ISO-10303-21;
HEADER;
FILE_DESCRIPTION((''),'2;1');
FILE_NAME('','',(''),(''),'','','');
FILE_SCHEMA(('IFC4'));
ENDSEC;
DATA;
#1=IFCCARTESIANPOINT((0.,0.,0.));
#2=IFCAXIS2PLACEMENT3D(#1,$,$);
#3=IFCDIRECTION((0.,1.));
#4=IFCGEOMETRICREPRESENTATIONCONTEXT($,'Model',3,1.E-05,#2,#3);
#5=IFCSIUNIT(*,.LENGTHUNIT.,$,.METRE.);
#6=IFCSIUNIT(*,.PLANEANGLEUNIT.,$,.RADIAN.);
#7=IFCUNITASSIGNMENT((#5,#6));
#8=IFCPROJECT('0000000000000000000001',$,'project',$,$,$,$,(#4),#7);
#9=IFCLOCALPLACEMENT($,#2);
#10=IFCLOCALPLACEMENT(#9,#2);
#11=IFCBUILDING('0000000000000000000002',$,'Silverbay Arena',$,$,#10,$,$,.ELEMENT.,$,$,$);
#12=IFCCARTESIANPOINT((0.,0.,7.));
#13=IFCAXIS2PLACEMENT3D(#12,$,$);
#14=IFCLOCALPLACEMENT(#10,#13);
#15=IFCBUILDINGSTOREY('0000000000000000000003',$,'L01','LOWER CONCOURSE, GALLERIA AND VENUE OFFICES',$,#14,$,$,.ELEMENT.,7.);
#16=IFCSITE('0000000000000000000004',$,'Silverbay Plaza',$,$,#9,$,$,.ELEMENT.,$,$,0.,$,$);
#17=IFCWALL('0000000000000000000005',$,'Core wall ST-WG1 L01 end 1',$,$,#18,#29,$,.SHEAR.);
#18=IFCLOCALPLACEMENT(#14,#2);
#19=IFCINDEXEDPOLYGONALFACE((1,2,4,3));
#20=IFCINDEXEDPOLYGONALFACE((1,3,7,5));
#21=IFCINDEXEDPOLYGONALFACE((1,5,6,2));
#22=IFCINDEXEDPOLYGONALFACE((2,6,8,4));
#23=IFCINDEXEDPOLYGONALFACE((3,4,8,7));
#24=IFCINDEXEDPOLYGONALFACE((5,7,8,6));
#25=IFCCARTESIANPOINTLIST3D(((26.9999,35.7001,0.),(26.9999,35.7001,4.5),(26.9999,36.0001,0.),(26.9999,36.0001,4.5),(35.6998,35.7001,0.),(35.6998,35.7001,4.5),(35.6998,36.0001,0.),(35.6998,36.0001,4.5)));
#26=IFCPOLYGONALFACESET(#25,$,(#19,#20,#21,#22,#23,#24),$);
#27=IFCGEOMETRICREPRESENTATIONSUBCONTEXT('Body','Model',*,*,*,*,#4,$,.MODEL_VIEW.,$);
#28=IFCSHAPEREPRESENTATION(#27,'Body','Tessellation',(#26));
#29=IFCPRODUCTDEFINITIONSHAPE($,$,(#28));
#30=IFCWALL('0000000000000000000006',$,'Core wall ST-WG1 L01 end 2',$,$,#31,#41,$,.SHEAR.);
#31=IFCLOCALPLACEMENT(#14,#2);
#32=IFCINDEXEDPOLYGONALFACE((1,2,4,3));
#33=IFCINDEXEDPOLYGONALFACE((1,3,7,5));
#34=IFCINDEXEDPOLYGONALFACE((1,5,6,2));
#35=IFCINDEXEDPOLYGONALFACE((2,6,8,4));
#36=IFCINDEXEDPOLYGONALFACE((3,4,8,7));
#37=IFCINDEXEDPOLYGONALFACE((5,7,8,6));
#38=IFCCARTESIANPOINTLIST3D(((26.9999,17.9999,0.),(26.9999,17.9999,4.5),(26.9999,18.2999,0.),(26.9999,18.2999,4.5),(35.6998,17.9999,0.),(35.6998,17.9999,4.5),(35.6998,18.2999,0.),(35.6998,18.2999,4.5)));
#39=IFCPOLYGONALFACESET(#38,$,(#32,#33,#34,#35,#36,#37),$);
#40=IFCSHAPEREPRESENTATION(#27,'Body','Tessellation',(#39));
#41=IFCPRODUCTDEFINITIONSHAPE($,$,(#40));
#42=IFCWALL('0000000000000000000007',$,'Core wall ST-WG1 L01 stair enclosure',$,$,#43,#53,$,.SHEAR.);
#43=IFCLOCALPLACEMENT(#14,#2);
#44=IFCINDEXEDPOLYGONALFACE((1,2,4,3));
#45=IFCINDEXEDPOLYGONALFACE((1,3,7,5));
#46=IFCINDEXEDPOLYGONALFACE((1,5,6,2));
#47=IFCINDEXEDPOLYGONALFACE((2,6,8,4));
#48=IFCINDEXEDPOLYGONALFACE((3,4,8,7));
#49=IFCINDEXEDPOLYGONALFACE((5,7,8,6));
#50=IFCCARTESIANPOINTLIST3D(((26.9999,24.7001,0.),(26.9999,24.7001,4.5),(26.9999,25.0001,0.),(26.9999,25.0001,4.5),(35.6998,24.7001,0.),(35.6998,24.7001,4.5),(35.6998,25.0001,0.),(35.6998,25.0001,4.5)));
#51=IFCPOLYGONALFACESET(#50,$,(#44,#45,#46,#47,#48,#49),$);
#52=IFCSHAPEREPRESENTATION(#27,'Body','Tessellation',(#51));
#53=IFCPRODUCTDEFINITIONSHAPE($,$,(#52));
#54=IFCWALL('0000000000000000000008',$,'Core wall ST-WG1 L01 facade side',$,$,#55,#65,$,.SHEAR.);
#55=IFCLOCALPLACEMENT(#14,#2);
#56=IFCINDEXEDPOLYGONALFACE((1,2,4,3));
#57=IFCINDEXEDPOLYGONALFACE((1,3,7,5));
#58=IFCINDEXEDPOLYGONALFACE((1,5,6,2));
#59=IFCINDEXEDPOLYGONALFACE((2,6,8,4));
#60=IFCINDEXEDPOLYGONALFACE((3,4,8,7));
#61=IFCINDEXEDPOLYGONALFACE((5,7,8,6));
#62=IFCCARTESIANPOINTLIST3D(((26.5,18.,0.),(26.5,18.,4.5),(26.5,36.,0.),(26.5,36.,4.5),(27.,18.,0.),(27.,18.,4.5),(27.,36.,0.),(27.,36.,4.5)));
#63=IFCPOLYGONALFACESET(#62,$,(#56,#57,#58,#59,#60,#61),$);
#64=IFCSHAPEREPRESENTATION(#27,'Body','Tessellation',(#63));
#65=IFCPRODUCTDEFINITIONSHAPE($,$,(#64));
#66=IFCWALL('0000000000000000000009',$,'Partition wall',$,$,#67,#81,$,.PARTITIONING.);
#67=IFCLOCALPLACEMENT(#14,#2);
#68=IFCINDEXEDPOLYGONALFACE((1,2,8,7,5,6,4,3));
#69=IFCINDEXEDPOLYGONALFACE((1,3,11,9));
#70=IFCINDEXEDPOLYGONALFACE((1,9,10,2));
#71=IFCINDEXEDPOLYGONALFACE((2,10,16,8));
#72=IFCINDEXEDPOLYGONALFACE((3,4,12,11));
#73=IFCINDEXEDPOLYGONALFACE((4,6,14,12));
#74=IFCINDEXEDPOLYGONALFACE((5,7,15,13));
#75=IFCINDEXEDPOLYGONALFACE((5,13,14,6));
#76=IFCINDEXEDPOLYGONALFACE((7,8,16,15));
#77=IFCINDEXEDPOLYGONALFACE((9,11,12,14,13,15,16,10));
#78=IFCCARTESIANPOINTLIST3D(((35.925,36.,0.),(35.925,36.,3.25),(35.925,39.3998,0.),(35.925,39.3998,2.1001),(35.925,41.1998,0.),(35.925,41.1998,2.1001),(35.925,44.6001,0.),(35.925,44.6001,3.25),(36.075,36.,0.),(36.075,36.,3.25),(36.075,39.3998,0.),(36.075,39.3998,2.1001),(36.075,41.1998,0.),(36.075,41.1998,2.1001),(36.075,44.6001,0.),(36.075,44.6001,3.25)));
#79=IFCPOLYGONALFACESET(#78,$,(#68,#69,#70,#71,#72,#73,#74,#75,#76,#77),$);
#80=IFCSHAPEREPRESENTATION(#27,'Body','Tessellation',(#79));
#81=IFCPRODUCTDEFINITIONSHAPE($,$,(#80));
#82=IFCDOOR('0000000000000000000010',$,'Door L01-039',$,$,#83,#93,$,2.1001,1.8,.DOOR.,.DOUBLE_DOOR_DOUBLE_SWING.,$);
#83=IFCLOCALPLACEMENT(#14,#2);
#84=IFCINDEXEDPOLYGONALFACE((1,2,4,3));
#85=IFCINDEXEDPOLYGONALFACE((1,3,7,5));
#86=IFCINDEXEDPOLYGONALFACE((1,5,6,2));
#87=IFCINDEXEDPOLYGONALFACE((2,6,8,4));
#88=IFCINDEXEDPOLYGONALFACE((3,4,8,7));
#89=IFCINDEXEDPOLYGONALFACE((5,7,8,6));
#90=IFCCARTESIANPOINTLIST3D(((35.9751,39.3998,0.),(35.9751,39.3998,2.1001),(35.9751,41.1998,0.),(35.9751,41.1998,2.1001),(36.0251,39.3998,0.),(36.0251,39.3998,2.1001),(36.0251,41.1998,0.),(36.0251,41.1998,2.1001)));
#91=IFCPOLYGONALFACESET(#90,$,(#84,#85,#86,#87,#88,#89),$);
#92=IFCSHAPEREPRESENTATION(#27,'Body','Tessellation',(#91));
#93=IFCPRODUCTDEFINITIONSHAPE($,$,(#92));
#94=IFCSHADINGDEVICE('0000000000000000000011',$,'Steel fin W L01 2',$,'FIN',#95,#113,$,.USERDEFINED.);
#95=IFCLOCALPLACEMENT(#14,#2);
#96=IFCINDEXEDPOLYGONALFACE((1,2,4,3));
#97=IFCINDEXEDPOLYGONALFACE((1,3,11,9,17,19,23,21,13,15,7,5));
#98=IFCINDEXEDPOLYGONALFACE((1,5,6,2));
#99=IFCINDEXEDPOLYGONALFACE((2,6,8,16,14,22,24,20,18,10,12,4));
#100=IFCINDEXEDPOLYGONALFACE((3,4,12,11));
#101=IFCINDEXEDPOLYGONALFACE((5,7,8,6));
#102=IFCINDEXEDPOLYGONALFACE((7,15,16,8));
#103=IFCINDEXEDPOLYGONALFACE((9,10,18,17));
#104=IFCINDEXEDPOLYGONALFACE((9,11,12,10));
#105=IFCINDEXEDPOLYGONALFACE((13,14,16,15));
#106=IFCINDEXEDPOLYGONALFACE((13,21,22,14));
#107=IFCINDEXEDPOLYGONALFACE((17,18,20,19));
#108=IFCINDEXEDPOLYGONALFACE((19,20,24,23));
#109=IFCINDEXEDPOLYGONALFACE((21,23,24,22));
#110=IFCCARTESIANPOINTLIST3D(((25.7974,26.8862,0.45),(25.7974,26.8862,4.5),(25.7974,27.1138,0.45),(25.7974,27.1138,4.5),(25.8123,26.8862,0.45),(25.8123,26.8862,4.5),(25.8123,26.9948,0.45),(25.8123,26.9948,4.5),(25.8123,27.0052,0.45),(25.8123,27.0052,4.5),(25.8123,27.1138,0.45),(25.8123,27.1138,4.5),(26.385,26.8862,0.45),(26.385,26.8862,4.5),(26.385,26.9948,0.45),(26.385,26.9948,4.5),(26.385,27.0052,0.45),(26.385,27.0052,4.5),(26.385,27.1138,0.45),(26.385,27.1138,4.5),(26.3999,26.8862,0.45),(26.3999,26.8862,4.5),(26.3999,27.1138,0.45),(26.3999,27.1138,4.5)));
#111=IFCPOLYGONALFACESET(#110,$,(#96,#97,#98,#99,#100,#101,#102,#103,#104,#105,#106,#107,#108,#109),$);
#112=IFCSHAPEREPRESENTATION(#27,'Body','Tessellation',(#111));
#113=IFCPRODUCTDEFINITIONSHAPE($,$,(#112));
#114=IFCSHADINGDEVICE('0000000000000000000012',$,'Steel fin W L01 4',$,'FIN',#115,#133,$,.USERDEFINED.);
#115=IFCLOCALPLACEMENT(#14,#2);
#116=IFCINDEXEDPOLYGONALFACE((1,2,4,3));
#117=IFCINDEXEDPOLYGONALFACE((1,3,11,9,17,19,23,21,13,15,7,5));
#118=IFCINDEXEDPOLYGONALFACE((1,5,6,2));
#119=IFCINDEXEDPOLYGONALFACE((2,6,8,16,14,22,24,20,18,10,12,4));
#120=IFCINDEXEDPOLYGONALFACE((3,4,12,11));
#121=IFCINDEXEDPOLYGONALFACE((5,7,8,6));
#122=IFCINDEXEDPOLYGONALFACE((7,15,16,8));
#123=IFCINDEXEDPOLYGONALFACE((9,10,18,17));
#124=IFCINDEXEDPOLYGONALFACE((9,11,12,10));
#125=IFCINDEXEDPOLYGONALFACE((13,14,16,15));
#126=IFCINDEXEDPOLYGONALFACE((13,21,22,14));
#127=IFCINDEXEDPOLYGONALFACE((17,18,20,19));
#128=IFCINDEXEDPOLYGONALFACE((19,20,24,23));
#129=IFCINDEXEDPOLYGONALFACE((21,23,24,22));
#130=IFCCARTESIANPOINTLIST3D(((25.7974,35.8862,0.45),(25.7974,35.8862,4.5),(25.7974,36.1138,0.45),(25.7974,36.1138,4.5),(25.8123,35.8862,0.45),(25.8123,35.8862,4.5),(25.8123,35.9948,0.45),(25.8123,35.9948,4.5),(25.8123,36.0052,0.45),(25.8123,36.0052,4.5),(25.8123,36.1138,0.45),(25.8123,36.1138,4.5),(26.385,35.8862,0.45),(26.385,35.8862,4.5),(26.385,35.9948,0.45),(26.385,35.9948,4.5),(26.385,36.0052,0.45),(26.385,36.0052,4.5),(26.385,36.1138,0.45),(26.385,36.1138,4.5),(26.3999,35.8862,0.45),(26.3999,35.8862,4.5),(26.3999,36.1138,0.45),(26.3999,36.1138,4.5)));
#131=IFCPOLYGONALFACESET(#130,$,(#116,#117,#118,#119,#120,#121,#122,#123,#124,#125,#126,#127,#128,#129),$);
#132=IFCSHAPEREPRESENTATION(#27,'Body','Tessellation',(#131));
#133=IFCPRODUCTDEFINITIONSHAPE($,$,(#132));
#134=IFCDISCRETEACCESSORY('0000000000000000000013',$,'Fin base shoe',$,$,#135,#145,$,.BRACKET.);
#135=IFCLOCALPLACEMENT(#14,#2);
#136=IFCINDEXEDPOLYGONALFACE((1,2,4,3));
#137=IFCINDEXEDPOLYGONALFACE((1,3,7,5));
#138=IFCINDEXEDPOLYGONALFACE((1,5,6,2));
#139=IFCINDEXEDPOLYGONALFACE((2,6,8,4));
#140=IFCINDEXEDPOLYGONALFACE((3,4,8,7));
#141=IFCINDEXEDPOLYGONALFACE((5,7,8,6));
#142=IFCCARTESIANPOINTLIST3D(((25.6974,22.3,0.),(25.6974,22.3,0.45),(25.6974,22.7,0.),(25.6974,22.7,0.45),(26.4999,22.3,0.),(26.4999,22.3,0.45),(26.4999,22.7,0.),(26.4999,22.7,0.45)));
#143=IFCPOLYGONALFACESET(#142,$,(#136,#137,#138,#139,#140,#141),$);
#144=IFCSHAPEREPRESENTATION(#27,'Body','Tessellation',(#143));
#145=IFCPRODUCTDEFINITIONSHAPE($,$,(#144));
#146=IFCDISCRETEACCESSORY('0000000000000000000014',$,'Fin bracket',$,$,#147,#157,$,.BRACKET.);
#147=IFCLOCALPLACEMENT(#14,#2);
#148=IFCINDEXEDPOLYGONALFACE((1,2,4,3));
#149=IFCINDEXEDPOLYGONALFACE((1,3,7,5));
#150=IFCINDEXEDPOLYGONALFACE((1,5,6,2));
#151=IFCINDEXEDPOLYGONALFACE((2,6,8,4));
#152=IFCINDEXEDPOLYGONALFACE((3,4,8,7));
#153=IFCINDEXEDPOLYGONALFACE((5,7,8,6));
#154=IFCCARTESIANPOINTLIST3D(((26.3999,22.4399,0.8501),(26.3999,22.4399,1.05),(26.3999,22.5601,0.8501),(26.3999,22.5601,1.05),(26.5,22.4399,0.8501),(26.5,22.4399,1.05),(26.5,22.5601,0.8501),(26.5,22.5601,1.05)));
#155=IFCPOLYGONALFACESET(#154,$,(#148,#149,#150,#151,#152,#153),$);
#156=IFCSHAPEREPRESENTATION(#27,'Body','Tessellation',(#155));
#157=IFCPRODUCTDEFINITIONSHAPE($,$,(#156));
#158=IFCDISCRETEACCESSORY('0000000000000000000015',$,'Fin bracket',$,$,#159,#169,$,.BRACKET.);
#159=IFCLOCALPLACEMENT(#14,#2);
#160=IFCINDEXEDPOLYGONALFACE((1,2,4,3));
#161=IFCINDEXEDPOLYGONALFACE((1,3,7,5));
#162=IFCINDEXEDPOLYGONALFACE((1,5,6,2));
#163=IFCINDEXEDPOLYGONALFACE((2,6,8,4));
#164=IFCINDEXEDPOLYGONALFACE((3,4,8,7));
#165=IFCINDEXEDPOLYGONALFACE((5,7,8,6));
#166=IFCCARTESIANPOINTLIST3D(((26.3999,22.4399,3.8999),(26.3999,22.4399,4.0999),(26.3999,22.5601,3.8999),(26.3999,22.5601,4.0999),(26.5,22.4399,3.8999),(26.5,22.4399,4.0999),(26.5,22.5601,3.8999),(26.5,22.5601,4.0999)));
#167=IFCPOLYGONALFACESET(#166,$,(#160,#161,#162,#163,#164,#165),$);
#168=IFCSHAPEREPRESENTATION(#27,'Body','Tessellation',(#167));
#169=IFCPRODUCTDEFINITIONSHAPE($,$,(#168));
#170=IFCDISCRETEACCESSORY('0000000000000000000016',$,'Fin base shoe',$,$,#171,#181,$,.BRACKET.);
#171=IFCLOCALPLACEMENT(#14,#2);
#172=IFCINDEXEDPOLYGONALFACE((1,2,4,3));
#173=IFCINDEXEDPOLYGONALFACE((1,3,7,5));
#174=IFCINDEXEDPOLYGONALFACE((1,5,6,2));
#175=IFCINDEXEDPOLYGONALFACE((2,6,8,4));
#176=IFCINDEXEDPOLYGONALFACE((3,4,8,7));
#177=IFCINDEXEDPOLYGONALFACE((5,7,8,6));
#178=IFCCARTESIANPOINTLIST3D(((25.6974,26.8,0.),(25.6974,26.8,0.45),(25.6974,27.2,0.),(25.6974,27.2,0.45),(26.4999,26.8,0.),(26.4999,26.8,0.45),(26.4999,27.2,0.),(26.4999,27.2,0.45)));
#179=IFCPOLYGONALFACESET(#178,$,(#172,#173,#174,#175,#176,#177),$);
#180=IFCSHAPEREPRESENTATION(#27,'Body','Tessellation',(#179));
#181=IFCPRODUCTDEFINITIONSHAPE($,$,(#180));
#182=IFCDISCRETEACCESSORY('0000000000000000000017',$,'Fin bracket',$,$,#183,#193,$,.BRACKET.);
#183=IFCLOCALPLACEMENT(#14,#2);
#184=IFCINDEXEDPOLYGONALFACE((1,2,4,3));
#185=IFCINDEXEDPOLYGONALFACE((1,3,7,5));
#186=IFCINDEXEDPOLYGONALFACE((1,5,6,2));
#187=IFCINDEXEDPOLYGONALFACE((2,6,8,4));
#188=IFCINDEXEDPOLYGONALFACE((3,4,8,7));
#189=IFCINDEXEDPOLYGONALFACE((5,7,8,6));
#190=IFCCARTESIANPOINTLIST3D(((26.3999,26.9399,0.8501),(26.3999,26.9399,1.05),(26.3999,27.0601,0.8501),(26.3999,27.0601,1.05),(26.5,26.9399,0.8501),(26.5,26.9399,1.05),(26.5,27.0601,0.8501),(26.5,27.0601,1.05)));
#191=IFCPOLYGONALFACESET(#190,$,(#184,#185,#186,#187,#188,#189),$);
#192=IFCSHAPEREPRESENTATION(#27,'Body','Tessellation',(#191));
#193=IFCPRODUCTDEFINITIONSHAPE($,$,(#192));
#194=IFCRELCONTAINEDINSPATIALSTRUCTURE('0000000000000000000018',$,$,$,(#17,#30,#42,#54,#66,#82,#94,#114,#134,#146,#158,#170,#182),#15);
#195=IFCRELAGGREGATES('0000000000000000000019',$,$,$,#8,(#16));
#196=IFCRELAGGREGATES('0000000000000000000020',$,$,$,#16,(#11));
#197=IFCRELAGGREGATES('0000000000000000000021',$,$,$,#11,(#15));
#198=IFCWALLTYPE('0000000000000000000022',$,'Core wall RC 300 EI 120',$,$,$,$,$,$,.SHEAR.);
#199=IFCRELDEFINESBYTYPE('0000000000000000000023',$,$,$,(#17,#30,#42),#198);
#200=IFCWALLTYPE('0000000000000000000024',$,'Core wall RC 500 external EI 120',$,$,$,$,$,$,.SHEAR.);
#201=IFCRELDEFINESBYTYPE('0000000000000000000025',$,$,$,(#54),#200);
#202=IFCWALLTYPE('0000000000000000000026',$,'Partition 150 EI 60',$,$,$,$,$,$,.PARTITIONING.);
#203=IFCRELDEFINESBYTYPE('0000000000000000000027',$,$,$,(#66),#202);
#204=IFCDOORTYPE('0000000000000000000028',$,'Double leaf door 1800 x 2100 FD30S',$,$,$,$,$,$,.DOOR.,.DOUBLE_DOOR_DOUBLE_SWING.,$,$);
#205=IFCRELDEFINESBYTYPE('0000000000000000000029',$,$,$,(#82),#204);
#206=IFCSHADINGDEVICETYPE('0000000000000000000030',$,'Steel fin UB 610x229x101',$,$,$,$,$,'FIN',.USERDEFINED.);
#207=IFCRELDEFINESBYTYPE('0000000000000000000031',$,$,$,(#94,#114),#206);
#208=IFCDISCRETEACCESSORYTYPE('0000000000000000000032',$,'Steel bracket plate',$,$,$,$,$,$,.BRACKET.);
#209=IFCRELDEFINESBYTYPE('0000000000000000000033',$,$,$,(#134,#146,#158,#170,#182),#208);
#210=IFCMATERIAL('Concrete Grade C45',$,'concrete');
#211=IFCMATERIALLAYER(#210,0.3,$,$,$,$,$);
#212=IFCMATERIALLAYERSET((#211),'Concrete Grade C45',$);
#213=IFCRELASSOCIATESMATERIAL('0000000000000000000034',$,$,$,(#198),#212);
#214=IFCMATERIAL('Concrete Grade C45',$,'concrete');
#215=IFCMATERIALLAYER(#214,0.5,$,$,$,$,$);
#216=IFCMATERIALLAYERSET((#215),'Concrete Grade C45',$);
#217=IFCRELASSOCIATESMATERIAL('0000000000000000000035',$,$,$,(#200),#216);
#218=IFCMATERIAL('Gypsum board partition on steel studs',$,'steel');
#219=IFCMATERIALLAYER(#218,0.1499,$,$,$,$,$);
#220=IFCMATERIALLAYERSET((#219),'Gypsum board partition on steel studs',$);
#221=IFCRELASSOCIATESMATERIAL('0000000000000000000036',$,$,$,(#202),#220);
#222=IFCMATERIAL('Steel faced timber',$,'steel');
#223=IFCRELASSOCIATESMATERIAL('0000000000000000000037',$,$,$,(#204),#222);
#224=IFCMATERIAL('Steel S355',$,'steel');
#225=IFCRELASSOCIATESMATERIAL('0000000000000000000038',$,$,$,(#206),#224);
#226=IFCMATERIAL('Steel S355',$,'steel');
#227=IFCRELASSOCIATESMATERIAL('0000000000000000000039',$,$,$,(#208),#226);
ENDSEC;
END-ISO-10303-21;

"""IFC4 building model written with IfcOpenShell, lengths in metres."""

from ifc_helpers import new_model, si_unit, direction, frame, frame_2d, origin, origin_2d, place, context, subcontext, project, spatial, rectangle, i_section, extrude, material, layer, layer_set, material_profile, profile_set, type_object, element, fill, save


model = new_model("IFC4")

# Units and contexts
model_context = context("Model", 3, precision=1e-05, world=origin(), true_north=direction((0.0, 1.0)))
body_context = subcontext(model_context, "Body", "Model", "MODEL_VIEW")
ifc_project = project(units=[si_unit("LENGTHUNIT", "METRE"), si_unit("PLANEANGLEUNIT", "RADIAN")], contexts=[model_context])

# Site, building, storey
site_placement = place(None, origin())
site = spatial("IfcSite", under=ifc_project, at=site_placement, Name="Silverbay Plaza", CompositionType="ELEMENT", RefElevation=0.0)
building_placement = place(site_placement, origin())
building = spatial("IfcBuilding", under=site, at=building_placement, Name="Silverbay Arena", CompositionType="ELEMENT")
storey_placement = place(building_placement, frame((0.0, 0.0, 7.0)))
storey = spatial("IfcBuildingStorey", under=building, at=storey_placement, Name="L01", Description="LOWER CONCOURSE, GALLERIA AND VENUE OFFICES", CompositionType="ELEMENT", Elevation=7.0)

# Shared definitions
ifc_material_1 = material(Name="Concrete Grade C45", Category="concrete")
ifc_layer_1 = layer(ifc_material_1, 0.3)
ifc_layer_set_1 = layer_set([ifc_layer_1], Name="Concrete Grade C45")
wall_type_1 = type_object("IfcWallType", Name="Core wall RC 300 EI 120", PredefinedType="SHEAR", material=ifc_layer_set_1)

# Walls
for number, where, z_axis, x_axis, name in (
    (1, (35.7, 35.8501, 0.0), (0.0, 0.0, 1.0), (-1.0, 0.0, 0.0), "Core wall ST-WG1 L01 end 1"),
    (2, (35.7, 18.1499, 0.0), (0.0, 0.0, 1.0), (-1.0, 0.0, 0.0), "Core wall ST-WG1 L01 end 2"),
    (3, (35.7, 24.8501, 0.0), (0.0, 0.0, 1.0), (-1.0, 0.0, 0.0), "Core wall ST-WG1 L01 stair enclosure"),
):
    element("IfcWall", number, at=place(storey_placement, frame(where, z_axis=z_axis, x_axis=x_axis)), inside=storey, type_object=wall_type_1, Name=name, PredefinedType="SHEAR", context=body_context, shape_type="SweptSolid", body=[
        extrude(rectangle(XDim=8.7, YDim=0.3, at=frame_2d((4.3501, 0.0))), origin(), (0.0, 0.0, 1.0), 4.5),
    ])
ifc_material_2 = material(Name="Concrete Grade C45", Category="concrete")
ifc_layer_2 = layer(ifc_material_2, 0.5)
ifc_layer_set_2 = layer_set([ifc_layer_2], Name="Concrete Grade C45")
wall_type_2 = type_object("IfcWallType", Name="Core wall RC 500 external EI 120", PredefinedType="SHEAR", material=ifc_layer_set_2)
wall_1_placement = place(storey_placement, frame((26.75, 36.0, 0.0), z_axis=(0.0, 0.0, 1.0), x_axis=(0.0, -1.0, 0.0)))
element("IfcWall", 4, at=wall_1_placement, inside=storey, type_object=wall_type_2, Name="Core wall ST-WG1 L01 facade side", PredefinedType="SHEAR", context=body_context, shape_type="SweptSolid", body=[
    extrude(rectangle(XDim=18.0, YDim=0.5, at=frame_2d((9.0, 0.0))), origin(), (0.0, 0.0, 1.0), 4.5),
])

# Wall, opening, door
ifc_material_3 = material(Name="Gypsum board partition on steel studs", Category="steel")
ifc_layer_3 = layer(ifc_material_3, 0.1499)
ifc_layer_set_3 = layer_set([ifc_layer_3], Name="Gypsum board partition on steel studs")
wall_type_3 = type_object("IfcWallType", Name="Partition 150 EI 60", PredefinedType="PARTITIONING", material=ifc_layer_set_3)
wall_2_placement = place(storey_placement, frame((36.0, 36.0, 0.0), z_axis=(0.0, 0.0, 1.0), x_axis=(0.0, 1.0, 0.0)))
wall_2 = element("IfcWall", 5, at=wall_2_placement, inside=storey, type_object=wall_type_3, Name="Partition wall", PredefinedType="PARTITIONING", context=body_context, shape_type="SweptSolid", body=[
    extrude(rectangle(XDim=8.6001, YDim=0.1499, at=frame_2d((4.3, 0.0))), origin(), (0.0, 0.0, 1.0), 3.25),
])
opening_1_placement = place(wall_2_placement, frame((3.3999, 0.0, 0.0)))
opening_1 = element("IfcOpeningElement", 6, at=opening_1_placement, cuts=wall_2, PredefinedType="OPENING", context=body_context, shape_type="SweptSolid", body=[
    extrude(rectangle(XDim=1.8, YDim=2.1001, at=frame_2d((0.8999, 1.05))), frame((0.0, 0.085, 0.0), z_axis=(0.0, -1.0, 0.0), x_axis=(1.0, 0.0, 0.0)), (0.0, 0.0, 1.0), 0.1699),
])
ifc_material_4 = material(Name="Steel faced timber", Category="steel")
door_type_1 = type_object("IfcDoorType", Name="Double leaf door 1800 x 2100 FD30S", OperationType="DOUBLE_DOOR_DOUBLE_SWING", PredefinedType="DOOR", material=ifc_material_4)
door_1_placement = place(opening_1_placement, origin())
door_1 = element("IfcDoor", 7, at=door_1_placement, inside=storey, type_object=door_type_1, Name="Door L01-039", OperationType="DOUBLE_DOOR_DOUBLE_SWING", OverallHeight=2.1001, OverallWidth=1.8, PredefinedType="DOOR", context=body_context, shape_type="SweptSolid", body=[
    extrude(rectangle(XDim=1.8, YDim=2.1001, at=frame_2d((0.8999, 1.05))), frame((0.0, 0.0249, 0.0), z_axis=(0.0, -1.0, 0.0), x_axis=(1.0, 0.0, 0.0)), (0.0, 0.0, 1.0), 0.05),
])
fill(opening_1, door_1)

# Shading devices
ifc_material_5 = material(Name="Steel S355", Category="steel")
ifc_material_profile_1 = material_profile(ifc_material_5, i_section(OverallWidth=0.2275, OverallDepth=0.6025, WebThickness=0.0105, FlangeThickness=0.0149, at=origin_2d()), Name="UB 610x229x101")
ifc_profile_set_1 = profile_set([ifc_material_profile_1], Name="Steel S355")
shading_device_type = type_object("IfcShadingDeviceType", Name="Steel fin UB 610x229x101", ElementType="FIN", PredefinedType="USERDEFINED", material=ifc_profile_set_1)
for number, where, z_axis, x_axis, name in (
    (8, (26.0986, 27.0, 0.45), (0.0, 0.0, 1.0), (0.0, 1.0, 0.0), "Steel fin W L01 2"),
    (9, (26.0986, 36.0, 0.45), (0.0, 0.0, 1.0), (0.0, 1.0, 0.0), "Steel fin W L01 4"),
):
    element("IfcShadingDevice", number, at=place(storey_placement, frame(where, z_axis=z_axis, x_axis=x_axis)), inside=storey, type_object=shading_device_type, Name=name, ObjectType="FIN", PredefinedType="USERDEFINED", context=body_context, shape_type="SweptSolid", body=[
        extrude(i_section(OverallWidth=0.2275, OverallDepth=0.6025, WebThickness=0.0105, FlangeThickness=0.0149, at=origin_2d()), origin(), (0.0, 0.0, 1.0), 4.05),
    ])

# Discrete accessories
ifc_material_6 = material(Name="Steel S355", Category="steel")
discrete_accessory_type = type_object("IfcDiscreteAccessoryType", Name="Steel bracket plate", PredefinedType="BRACKET", material=ifc_material_6)
discrete_accessory_1_placement = place(storey_placement, frame((26.0986, 22.5, 0.0), z_axis=(0.0, 0.0, 1.0), x_axis=(1.0, 0.0, 0.0)))
element("IfcDiscreteAccessory", 10, at=discrete_accessory_1_placement, inside=storey, type_object=discrete_accessory_type, Name="Fin base shoe", PredefinedType="BRACKET", context=body_context, shape_type="SweptSolid", body=[
    extrude(rectangle(XDim=0.8025, YDim=0.3999, at=origin_2d()), origin(), (0.0, 0.0, 1.0), 0.45),
])
for number, where, z_axis, x_axis, name in (
    (11, (26.45, 22.5, 0.8501), (0.0, 0.0, 1.0), (1.0, 0.0, 0.0), "Fin bracket"),
    (12, (26.45, 22.5, 3.8999), (0.0, 0.0, 1.0), (1.0, 0.0, 0.0), "Fin bracket"),
):
    element("IfcDiscreteAccessory", number, at=place(storey_placement, frame(where, z_axis=z_axis, x_axis=x_axis)), inside=storey, type_object=discrete_accessory_type, Name=name, PredefinedType="BRACKET", context=body_context, shape_type="SweptSolid", body=[
        extrude(rectangle(XDim=0.1001, YDim=0.1201, at=origin_2d()), origin(), (0.0, 0.0, 1.0), 0.2),
    ])
discrete_accessory_2_placement = place(storey_placement, frame((26.0986, 27.0, 0.0), z_axis=(0.0, 0.0, 1.0), x_axis=(1.0, 0.0, 0.0)))
element("IfcDiscreteAccessory", 13, at=discrete_accessory_2_placement, inside=storey, type_object=discrete_accessory_type, Name="Fin base shoe", PredefinedType="BRACKET", context=body_context, shape_type="SweptSolid", body=[
    extrude(rectangle(XDim=0.8025, YDim=0.3999, at=origin_2d()), origin(), (0.0, 0.0, 1.0), 0.45),
])
for number, where, z_axis, x_axis, name in (
    (14, (26.45, 27.0, 0.8501), (0.0, 0.0, 1.0), (1.0, 0.0, 0.0), "Fin bracket"),
):
    element("IfcDiscreteAccessory", number, at=place(storey_placement, frame(where, z_axis=z_axis, x_axis=x_axis)), inside=storey, type_object=discrete_accessory_type, Name=name, PredefinedType="BRACKET", context=body_context, shape_type="SweptSolid", body=[
        extrude(rectangle(XDim=0.1001, YDim=0.1201, at=origin_2d()), origin(), (0.0, 0.0, 1.0), 0.2),
    ])

save(model, "model.ifc")
